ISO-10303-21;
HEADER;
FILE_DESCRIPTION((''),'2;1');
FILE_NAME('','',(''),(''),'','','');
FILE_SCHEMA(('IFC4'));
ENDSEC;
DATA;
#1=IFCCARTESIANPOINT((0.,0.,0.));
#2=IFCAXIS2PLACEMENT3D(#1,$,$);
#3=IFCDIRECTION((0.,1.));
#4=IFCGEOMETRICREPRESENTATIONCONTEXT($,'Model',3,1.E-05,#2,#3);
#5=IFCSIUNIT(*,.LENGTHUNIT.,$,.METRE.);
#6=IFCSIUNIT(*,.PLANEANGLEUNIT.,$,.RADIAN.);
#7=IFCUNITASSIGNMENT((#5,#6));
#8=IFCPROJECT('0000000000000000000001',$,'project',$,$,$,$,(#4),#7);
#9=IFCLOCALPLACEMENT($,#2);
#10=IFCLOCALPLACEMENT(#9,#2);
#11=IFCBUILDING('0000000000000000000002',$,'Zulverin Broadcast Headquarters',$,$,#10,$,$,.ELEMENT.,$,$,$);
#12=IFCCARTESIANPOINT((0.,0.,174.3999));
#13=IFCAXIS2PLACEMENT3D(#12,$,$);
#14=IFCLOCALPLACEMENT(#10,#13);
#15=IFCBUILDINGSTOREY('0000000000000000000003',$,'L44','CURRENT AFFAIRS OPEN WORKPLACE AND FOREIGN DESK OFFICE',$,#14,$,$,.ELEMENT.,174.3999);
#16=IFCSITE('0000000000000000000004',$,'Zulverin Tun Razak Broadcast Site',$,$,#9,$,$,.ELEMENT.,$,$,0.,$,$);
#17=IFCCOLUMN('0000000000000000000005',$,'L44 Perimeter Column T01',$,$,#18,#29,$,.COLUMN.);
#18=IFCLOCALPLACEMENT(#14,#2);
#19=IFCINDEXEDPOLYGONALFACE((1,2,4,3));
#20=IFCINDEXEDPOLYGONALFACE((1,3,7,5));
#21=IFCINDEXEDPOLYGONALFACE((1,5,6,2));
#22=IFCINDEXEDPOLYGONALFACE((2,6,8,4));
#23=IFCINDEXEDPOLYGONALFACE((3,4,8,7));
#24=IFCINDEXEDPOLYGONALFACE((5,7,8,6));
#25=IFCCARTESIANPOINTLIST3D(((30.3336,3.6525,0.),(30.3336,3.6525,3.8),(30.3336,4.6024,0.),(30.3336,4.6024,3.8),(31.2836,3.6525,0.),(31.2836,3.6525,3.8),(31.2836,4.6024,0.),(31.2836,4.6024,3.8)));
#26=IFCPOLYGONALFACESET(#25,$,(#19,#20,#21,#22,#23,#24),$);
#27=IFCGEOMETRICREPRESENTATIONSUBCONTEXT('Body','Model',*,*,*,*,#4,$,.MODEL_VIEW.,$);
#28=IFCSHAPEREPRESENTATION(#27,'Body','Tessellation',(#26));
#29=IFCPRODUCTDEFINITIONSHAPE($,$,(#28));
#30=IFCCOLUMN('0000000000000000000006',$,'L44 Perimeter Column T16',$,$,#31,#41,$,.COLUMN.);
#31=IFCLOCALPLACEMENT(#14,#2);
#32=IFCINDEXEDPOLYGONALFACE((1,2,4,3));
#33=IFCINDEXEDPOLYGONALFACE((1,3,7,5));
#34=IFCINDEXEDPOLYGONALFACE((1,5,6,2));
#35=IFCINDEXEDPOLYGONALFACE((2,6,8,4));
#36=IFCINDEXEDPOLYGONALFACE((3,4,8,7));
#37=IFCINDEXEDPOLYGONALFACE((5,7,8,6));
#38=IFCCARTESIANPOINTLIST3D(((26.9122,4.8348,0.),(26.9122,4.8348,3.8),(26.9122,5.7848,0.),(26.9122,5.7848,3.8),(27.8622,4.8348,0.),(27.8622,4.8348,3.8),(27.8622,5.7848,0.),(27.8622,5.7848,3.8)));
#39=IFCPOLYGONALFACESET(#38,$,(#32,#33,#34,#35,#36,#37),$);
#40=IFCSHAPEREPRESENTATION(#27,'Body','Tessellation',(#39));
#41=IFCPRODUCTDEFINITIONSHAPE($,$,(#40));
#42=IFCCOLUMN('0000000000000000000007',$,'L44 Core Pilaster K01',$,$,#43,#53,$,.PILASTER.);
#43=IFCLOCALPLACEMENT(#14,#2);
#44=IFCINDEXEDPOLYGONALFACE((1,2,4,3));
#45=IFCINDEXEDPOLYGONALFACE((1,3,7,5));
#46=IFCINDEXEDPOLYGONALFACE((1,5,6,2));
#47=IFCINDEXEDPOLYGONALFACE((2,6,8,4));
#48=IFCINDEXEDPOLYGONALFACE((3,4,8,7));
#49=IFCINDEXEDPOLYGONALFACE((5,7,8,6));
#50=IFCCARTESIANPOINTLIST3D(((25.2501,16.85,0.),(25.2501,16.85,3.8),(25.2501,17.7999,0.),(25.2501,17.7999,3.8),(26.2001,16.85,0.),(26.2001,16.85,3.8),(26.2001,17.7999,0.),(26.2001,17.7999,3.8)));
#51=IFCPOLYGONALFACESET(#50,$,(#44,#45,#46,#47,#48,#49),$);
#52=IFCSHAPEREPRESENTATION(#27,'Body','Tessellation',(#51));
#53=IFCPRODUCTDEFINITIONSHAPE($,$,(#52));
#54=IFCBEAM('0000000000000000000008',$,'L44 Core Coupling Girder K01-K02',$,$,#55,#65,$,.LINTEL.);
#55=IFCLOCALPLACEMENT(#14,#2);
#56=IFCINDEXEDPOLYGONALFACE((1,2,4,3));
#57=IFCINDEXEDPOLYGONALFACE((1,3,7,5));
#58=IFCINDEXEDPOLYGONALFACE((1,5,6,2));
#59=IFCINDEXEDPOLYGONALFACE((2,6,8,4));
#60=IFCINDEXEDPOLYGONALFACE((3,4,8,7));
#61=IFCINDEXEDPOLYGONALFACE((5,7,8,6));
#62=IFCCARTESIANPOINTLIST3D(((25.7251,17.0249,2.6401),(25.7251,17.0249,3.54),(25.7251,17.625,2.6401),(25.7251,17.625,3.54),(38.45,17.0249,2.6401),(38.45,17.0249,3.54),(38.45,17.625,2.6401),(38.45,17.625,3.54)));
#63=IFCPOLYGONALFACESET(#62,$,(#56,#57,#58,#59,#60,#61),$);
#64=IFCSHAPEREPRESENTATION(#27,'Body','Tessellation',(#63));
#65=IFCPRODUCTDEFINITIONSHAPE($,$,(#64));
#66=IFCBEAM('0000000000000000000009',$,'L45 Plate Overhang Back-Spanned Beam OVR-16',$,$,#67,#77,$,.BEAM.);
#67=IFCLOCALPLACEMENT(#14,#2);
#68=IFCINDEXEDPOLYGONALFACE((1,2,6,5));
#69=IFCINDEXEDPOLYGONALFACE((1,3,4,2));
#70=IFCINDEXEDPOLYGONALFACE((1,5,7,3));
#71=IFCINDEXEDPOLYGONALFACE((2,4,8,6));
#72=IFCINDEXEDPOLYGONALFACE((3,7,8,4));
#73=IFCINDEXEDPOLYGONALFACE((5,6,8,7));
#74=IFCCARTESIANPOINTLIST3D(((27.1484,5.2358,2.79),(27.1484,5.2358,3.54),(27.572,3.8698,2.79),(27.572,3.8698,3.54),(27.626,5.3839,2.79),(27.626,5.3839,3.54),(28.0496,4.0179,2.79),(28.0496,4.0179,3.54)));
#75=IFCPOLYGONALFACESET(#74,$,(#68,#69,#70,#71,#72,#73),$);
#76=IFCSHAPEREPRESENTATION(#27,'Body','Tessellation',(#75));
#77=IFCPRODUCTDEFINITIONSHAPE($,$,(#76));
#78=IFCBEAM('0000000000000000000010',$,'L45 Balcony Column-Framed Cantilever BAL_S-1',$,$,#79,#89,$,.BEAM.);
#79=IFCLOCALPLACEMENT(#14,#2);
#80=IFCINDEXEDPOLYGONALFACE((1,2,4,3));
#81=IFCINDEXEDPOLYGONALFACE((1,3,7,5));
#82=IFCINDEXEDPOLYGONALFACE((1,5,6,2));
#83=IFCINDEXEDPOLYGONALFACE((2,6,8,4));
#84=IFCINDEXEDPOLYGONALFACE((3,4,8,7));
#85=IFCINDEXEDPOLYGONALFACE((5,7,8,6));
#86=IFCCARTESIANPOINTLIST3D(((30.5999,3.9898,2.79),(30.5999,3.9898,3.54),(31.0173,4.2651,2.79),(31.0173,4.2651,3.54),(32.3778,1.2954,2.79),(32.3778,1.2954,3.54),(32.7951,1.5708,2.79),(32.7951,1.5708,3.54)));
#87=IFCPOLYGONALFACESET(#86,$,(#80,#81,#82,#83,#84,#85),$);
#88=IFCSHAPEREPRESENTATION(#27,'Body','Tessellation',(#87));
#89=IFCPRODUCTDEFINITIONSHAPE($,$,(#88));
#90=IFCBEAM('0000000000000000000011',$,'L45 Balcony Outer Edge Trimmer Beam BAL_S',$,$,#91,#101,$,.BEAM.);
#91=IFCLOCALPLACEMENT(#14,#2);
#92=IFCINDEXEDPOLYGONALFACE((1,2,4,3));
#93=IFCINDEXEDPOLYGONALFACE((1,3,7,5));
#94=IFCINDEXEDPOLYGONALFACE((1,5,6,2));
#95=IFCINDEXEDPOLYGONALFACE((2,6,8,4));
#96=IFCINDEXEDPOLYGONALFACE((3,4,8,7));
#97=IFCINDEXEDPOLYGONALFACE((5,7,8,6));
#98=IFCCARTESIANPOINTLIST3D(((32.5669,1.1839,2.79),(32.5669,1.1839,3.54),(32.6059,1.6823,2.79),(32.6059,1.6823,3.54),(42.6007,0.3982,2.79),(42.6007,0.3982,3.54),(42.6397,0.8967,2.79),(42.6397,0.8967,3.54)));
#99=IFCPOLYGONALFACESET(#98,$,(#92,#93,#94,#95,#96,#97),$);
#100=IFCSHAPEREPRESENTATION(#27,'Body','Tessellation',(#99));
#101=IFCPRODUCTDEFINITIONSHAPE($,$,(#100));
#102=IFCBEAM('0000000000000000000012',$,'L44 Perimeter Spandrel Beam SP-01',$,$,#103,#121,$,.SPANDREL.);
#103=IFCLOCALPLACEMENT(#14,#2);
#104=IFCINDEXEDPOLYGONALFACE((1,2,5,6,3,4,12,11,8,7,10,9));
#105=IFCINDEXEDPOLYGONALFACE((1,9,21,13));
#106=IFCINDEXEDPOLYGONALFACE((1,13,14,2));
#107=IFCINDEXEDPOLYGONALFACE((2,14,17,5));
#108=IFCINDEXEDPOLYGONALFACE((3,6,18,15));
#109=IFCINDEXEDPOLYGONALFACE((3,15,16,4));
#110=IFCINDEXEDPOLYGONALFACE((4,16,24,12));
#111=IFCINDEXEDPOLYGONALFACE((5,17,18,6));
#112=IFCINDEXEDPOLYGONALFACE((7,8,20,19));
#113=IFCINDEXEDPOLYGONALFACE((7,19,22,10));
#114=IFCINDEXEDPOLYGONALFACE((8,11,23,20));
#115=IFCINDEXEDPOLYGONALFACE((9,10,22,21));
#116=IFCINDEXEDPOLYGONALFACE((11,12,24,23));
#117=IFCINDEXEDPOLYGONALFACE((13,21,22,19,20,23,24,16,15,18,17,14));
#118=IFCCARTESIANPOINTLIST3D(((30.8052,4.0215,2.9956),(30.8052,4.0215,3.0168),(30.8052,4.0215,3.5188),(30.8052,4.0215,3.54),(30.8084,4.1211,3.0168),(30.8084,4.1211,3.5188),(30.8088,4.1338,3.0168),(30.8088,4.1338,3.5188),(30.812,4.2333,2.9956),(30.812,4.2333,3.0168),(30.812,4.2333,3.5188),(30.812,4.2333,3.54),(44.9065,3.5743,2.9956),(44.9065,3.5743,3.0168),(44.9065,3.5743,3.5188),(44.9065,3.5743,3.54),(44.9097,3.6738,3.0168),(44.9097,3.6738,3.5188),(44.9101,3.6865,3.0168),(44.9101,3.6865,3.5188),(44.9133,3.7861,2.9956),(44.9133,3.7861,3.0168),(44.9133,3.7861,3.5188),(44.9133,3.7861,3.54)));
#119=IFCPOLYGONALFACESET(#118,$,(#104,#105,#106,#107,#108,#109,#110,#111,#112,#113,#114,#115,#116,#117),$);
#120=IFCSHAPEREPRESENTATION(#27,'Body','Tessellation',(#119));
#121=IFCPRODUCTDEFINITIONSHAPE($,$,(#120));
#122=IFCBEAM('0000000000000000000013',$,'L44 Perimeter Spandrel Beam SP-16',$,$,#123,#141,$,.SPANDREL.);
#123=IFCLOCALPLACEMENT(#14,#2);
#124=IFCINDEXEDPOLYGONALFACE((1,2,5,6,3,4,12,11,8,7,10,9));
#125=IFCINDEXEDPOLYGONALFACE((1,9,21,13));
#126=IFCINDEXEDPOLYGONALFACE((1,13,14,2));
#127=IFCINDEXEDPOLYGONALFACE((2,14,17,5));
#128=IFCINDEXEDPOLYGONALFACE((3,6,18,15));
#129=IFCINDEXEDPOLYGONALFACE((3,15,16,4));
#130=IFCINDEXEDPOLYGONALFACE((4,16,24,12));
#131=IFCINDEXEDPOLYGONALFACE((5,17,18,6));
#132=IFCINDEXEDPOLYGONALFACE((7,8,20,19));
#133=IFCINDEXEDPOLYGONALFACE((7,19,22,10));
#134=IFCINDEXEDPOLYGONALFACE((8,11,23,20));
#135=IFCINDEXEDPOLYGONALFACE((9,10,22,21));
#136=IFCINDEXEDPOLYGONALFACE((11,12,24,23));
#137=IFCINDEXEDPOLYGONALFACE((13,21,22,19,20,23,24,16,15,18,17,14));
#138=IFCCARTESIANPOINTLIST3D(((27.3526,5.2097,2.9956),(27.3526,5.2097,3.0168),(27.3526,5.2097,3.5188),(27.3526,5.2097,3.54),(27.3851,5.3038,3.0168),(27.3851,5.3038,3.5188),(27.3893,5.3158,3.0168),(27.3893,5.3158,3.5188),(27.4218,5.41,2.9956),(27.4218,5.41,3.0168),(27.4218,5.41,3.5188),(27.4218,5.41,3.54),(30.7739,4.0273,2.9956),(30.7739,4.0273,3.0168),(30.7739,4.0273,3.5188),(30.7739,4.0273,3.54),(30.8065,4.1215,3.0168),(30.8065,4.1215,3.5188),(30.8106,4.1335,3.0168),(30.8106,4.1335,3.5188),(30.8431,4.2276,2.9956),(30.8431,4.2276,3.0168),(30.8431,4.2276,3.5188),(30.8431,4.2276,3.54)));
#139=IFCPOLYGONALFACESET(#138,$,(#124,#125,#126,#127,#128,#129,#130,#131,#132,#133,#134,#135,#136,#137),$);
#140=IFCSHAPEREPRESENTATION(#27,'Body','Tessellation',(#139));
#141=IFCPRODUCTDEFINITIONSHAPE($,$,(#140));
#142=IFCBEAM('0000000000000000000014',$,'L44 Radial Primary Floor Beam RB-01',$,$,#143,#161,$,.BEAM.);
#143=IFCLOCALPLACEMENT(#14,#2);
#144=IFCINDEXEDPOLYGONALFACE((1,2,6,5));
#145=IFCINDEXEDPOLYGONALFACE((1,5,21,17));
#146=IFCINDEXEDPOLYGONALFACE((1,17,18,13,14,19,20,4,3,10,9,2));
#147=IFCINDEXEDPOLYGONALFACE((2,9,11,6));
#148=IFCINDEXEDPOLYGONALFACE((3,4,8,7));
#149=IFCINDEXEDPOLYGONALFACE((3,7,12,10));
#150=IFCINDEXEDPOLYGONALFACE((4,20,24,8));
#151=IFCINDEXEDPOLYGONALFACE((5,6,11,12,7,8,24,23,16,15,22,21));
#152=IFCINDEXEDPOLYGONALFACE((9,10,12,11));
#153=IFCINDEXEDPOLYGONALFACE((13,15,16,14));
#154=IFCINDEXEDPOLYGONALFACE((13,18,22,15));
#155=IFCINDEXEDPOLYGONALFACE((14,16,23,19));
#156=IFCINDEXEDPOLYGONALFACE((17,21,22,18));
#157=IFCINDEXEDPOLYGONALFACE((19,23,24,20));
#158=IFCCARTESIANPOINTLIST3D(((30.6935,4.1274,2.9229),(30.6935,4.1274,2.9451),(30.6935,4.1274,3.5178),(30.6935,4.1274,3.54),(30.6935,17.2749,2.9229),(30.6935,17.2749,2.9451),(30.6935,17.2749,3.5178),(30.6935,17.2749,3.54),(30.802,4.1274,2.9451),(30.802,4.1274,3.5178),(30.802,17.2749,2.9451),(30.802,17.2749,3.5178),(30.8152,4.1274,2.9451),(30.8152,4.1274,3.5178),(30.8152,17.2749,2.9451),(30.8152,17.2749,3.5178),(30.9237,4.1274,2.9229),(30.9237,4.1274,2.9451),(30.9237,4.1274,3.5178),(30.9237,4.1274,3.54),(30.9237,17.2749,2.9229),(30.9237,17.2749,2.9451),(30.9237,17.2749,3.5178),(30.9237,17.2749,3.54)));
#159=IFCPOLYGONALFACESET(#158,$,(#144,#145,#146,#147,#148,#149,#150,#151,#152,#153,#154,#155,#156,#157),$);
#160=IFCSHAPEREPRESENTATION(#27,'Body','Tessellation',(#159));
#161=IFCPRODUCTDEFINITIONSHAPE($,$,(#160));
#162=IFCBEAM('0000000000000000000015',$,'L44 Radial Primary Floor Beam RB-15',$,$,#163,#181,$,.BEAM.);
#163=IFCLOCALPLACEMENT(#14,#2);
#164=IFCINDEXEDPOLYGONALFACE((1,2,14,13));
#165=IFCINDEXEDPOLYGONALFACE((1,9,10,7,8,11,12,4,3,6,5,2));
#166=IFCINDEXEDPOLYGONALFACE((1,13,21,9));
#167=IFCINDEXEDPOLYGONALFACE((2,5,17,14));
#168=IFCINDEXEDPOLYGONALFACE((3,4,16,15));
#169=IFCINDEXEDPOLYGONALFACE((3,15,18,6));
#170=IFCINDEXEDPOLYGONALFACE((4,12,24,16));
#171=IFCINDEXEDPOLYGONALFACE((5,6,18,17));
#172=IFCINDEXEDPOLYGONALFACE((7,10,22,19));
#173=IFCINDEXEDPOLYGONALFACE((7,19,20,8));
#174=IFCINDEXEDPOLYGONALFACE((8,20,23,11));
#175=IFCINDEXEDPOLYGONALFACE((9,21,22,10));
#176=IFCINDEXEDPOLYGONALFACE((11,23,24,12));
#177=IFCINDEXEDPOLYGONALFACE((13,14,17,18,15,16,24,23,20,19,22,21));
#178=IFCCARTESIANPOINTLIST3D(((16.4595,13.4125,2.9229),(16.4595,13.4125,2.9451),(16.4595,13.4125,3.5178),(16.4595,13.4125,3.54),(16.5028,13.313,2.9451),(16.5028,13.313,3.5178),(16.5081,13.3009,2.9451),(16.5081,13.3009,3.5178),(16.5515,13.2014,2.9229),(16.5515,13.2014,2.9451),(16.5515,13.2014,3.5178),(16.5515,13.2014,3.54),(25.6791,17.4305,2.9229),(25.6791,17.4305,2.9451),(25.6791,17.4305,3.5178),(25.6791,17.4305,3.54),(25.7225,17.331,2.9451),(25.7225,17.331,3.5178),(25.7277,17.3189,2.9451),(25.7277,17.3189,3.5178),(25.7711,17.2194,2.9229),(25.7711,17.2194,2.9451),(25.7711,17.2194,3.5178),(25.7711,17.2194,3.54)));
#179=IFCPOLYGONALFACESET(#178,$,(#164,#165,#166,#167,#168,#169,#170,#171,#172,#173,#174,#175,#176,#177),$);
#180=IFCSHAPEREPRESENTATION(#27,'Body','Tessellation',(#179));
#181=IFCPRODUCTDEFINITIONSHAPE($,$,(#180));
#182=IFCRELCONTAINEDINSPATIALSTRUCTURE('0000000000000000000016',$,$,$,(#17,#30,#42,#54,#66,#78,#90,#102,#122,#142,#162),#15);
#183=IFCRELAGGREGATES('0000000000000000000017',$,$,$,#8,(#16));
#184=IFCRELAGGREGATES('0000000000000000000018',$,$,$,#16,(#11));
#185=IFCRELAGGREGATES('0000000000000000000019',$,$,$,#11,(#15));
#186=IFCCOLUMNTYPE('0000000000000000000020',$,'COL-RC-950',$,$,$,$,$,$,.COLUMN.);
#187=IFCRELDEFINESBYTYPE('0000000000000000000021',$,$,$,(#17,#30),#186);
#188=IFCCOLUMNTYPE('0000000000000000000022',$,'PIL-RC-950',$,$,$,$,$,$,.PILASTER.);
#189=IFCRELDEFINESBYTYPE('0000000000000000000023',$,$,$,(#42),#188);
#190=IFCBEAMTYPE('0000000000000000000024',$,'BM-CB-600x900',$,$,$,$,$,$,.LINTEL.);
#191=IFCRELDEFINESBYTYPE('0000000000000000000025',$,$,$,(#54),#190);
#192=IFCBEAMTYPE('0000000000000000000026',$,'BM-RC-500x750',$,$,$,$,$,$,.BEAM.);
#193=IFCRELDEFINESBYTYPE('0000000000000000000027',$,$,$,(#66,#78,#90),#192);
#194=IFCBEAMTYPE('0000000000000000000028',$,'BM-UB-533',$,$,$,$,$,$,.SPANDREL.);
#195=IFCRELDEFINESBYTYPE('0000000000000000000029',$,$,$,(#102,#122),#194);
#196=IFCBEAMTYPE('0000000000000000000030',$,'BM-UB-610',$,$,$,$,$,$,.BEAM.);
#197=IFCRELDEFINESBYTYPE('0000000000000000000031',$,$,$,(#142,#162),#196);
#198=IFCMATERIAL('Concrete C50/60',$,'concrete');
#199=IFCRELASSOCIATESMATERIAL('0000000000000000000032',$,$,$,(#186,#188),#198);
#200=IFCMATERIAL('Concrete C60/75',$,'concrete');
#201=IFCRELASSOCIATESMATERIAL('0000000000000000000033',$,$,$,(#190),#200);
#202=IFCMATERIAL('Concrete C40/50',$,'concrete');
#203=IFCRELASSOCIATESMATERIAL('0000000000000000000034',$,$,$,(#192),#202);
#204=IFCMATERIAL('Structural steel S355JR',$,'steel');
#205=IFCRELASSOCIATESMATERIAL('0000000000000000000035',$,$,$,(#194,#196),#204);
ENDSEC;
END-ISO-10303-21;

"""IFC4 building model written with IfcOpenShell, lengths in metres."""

from ifc_helpers import new_model, si_unit, direction, frame, origin, origin_2d, place, context, subcontext, project, spatial, rectangle, i_section, extrude, material, material_profile, profile_set, type_object, element, save


model = new_model("IFC4")

# Units and contexts
model_context = context("Model", 3, precision=1e-05, world=origin(), true_north=direction((0.0, 1.0)))
body_context = subcontext(model_context, "Body", "Model", "MODEL_VIEW")
ifc_project = project(units=[si_unit("LENGTHUNIT", "METRE"), si_unit("PLANEANGLEUNIT", "RADIAN")], contexts=[model_context])

# Site, building, storey
site_placement = place(None, origin())
site = spatial("IfcSite", under=ifc_project, at=site_placement, Name="Zulverin Tun Razak Broadcast Site", CompositionType="ELEMENT", RefElevation=0.0)
building_placement = place(site_placement, origin())
building = spatial("IfcBuilding", under=site, at=building_placement, Name="Zulverin Broadcast Headquarters", CompositionType="ELEMENT")
storey_placement = place(building_placement, frame((0.0, 0.0, 174.3999)))
storey = spatial("IfcBuildingStorey", under=building, at=storey_placement, Name="L44", Description="CURRENT AFFAIRS OPEN WORKPLACE AND FOREIGN DESK OFFICE", CompositionType="ELEMENT", Elevation=174.3999)

# Columns
ifc_material_1 = material(Name="Concrete C50/60", Category="concrete")
ifc_material_profile_1 = material_profile(ifc_material_1, rectangle(XDim=0.95, YDim=0.95, at=origin_2d()), Name="Concrete C50/60", Category="concrete")
ifc_profile_set_1 = profile_set([ifc_material_profile_1], Name="Concrete C50/60")
column_type_1 = type_object("IfcColumnType", Name="COL-RC-950", PredefinedType="COLUMN", material=ifc_profile_set_1)
for number, where, z_axis, x_axis, name in (
    (1, (30.8086, 4.1274, 0.0), (0.0, 0.0, 1.0), (1.0, 0.0, 0.0), "L44 Perimeter Column T01"),
    (2, (27.3872, 5.3098, 0.0), (0.0, 0.0, 1.0), (1.0, 0.0, 0.0), "L44 Perimeter Column T16"),
):
    element("IfcColumn", number, at=place(storey_placement, frame(where, z_axis=z_axis, x_axis=x_axis)), inside=storey, type_object=column_type_1, Name=name, PredefinedType="COLUMN", context=body_context, shape_type="SweptSolid", body=[
        extrude(rectangle(XDim=0.95, YDim=0.95, at=origin_2d()), origin(), (0.0, 0.0, 1.0), 3.8),
    ])
ifc_material_profile_2 = material_profile(ifc_material_1, rectangle(XDim=0.95, YDim=0.95, at=origin_2d()), Name="Concrete C50/60", Category="concrete")
ifc_profile_set_2 = profile_set([ifc_material_profile_2], Name="Concrete C50/60")
column_type_2 = type_object("IfcColumnType", Name="PIL-RC-950", PredefinedType="PILASTER", material=ifc_profile_set_2)
column_placement = place(storey_placement, frame((25.7251, 17.325, 0.0), z_axis=(0.0, 0.0, 1.0), x_axis=(1.0, 0.0, 0.0)))
element("IfcColumn", 3, at=column_placement, inside=storey, type_object=column_type_2, Name="L44 Core Pilaster K01", PredefinedType="PILASTER", context=body_context, shape_type="SweptSolid", body=[
    extrude(rectangle(XDim=0.95, YDim=0.95, at=origin_2d()), origin(), (0.0, 0.0, 1.0), 3.8),
])

# Beams
ifc_material_2 = material(Name="Concrete C60/75", Category="concrete")
ifc_material_profile_3 = material_profile(ifc_material_2, rectangle(XDim=0.6001, YDim=0.8999, at=origin_2d()), Name="Concrete C60/75", Category="concrete")
ifc_profile_set_3 = profile_set([ifc_material_profile_3], Name="Concrete C60/75")
beam_type_1 = type_object("IfcBeamType", Name="BM-CB-600x900", PredefinedType="LINTEL", material=ifc_profile_set_3)
beam_1_placement = place(storey_placement, frame((25.7251, 17.325, 3.0901), z_axis=(1.0, 0.0, 0.0), x_axis=(0.0, 1.0, 0.0)))
element("IfcBeam", 4, at=beam_1_placement, inside=storey, type_object=beam_type_1, Name="L44 Core Coupling Girder K01-K02", PredefinedType="LINTEL", context=body_context, shape_type="SweptSolid", body=[
    extrude(rectangle(XDim=0.6001, YDim=0.8999, at=origin_2d()), origin(), (0.0, 0.0, 1.0), 12.7249),
])
ifc_material_3 = material(Name="Concrete C40/50", Category="concrete")
ifc_material_profile_4 = material_profile(ifc_material_3, rectangle(XDim=0.5, YDim=0.75, at=origin_2d()), Name="Concrete C40/50", Category="concrete")
ifc_profile_set_4 = profile_set([ifc_material_profile_4], Name="Concrete C40/50")
beam_type_2 = type_object("IfcBeamType", Name="BM-RC-500x750", PredefinedType="BEAM", material=ifc_profile_set_4)
beam_2_placement = place(storey_placement, frame((27.3872, 5.3098, 3.165), z_axis=(0.296184, -0.955131, 0.0), x_axis=(0.955131, 0.296184, 0.0)))
element("IfcBeam", 5, at=beam_2_placement, inside=storey, type_object=beam_type_2, Name="L45 Plate Overhang Back-Spanned Beam OVR-16", PredefinedType="BEAM", context=body_context, shape_type="SweptSolid", body=[
    extrude(rectangle(XDim=0.5, YDim=0.75, at=origin_2d()), origin(), (0.0, 0.0, 1.0), 1.4302),
])
beam_3_placement = place(storey_placement, frame((30.8086, 4.1274, 3.165), z_axis=(0.550749, -0.834671, 0.0), x_axis=(0.834671, 0.550749, 0.0)))
element("IfcBeam", 6, at=beam_3_placement, inside=storey, type_object=beam_type_2, Name="L45 Balcony Column-Framed Cantilever BAL_S-1", PredefinedType="BEAM", context=body_context, shape_type="SweptSolid", body=[
    extrude(rectangle(XDim=0.5, YDim=0.75, at=origin_2d()), origin(), (0.0, 0.0, 1.0), 3.228),
])
beam_4_placement = place(storey_placement, frame((32.5864, 1.4331, 3.165), z_axis=(0.996949, -0.078062, 0.0), x_axis=(0.078062, 0.996949, 0.0)))
element("IfcBeam", 7, at=beam_4_placement, inside=storey, type_object=beam_type_2, Name="L45 Balcony Outer Edge Trimmer Beam BAL_S", PredefinedType="BEAM", context=body_context, shape_type="SweptSolid", body=[
    extrude(rectangle(XDim=0.5, YDim=0.75, at=origin_2d()), origin(), (0.0, 0.0, 1.0), 10.0645),
])
ifc_material_4 = material(Name="Structural steel S355JR", Category="steel")
ifc_material_profile_5 = material_profile(ifc_material_4, i_section(OverallWidth=0.2119, OverallDepth=0.5444, WebThickness=0.0127, FlangeThickness=0.0212, at=origin_2d()), Name="Structural steel S355JR", Category="steel")
ifc_profile_set_5 = profile_set([ifc_material_profile_5], Name="Structural steel S355JR")
beam_type_3 = type_object("IfcBeamType", Name="BM-UB-533", PredefinedType="SPANDREL", material=ifc_profile_set_5)
beam_5_placement = place(storey_placement, frame((30.8086, 4.1274, 3.2678), z_axis=(0.999497, -0.031702, 0.0), x_axis=(0.031702, 0.999497, 0.0)))
element("IfcBeam", 8, at=beam_5_placement, inside=storey, type_object=beam_type_3, Name="L44 Perimeter Spandrel Beam SP-01", PredefinedType="SPANDREL", context=body_context, shape_type="SweptSolid", body=[
    extrude(i_section(OverallWidth=0.2119, OverallDepth=0.5444, WebThickness=0.0127, FlangeThickness=0.0212, at=origin_2d()), origin(), (0.0, 0.0, 1.0), 14.1084),
])
beam_6_placement = place(storey_placement, frame((27.3872, 5.3098, 3.2678), z_axis=(0.945153, -0.326629, 0.0), x_axis=(0.326629, 0.945153, 0.0)))
element("IfcBeam", 9, at=beam_6_placement, inside=storey, type_object=beam_type_3, Name="L44 Perimeter Spandrel Beam SP-16", PredefinedType="SPANDREL", context=body_context, shape_type="SweptSolid", body=[
    extrude(i_section(OverallWidth=0.2119, OverallDepth=0.5444, WebThickness=0.0127, FlangeThickness=0.0212, at=origin_2d()), origin(), (0.0, 0.0, 1.0), 3.6199),
])
ifc_material_profile_6 = material_profile(ifc_material_4, i_section(OverallWidth=0.2302, OverallDepth=0.6172, WebThickness=0.0132, FlangeThickness=0.0222, at=origin_2d()), Name="Structural steel S355JR", Category="steel")
ifc_profile_set_6 = profile_set([ifc_material_profile_6], Name="Structural steel S355JR")
beam_type_4 = type_object("IfcBeamType", Name="BM-UB-610", PredefinedType="BEAM", material=ifc_profile_set_6)
beam_7_placement = place(storey_placement, frame((30.8086, 17.2749, 3.2314), z_axis=(0.0, -1.0, 0.0), x_axis=(1.0, 0.0, 0.0)))
element("IfcBeam", 10, at=beam_7_placement, inside=storey, type_object=beam_type_4, Name="L44 Radial Primary Floor Beam RB-01", PredefinedType="BEAM", context=body_context, shape_type="SweptSolid", body=[
    extrude(i_section(OverallWidth=0.2302, OverallDepth=0.6172, WebThickness=0.0132, FlangeThickness=0.0222, at=origin_2d()), origin(), (0.0, 0.0, 1.0), 13.1475),
])
beam_8_placement = place(storey_placement, frame((25.7251, 17.325, 3.2314), z_axis=(-0.916725, -0.39952, 0.0), x_axis=(0.39952, -0.916725, 0.0)))
element("IfcBeam", 11, at=beam_8_placement, inside=storey, type_object=beam_type_4, Name="L44 Radial Primary Floor Beam RB-15", PredefinedType="BEAM", context=body_context, shape_type="SweptSolid", body=[
    extrude(i_section(OverallWidth=0.2302, OverallDepth=0.6172, WebThickness=0.0132, FlangeThickness=0.0222, at=origin_2d()), origin(), (0.0, 0.0, 1.0), 10.0571),
])

save(model, "model.ifc")
